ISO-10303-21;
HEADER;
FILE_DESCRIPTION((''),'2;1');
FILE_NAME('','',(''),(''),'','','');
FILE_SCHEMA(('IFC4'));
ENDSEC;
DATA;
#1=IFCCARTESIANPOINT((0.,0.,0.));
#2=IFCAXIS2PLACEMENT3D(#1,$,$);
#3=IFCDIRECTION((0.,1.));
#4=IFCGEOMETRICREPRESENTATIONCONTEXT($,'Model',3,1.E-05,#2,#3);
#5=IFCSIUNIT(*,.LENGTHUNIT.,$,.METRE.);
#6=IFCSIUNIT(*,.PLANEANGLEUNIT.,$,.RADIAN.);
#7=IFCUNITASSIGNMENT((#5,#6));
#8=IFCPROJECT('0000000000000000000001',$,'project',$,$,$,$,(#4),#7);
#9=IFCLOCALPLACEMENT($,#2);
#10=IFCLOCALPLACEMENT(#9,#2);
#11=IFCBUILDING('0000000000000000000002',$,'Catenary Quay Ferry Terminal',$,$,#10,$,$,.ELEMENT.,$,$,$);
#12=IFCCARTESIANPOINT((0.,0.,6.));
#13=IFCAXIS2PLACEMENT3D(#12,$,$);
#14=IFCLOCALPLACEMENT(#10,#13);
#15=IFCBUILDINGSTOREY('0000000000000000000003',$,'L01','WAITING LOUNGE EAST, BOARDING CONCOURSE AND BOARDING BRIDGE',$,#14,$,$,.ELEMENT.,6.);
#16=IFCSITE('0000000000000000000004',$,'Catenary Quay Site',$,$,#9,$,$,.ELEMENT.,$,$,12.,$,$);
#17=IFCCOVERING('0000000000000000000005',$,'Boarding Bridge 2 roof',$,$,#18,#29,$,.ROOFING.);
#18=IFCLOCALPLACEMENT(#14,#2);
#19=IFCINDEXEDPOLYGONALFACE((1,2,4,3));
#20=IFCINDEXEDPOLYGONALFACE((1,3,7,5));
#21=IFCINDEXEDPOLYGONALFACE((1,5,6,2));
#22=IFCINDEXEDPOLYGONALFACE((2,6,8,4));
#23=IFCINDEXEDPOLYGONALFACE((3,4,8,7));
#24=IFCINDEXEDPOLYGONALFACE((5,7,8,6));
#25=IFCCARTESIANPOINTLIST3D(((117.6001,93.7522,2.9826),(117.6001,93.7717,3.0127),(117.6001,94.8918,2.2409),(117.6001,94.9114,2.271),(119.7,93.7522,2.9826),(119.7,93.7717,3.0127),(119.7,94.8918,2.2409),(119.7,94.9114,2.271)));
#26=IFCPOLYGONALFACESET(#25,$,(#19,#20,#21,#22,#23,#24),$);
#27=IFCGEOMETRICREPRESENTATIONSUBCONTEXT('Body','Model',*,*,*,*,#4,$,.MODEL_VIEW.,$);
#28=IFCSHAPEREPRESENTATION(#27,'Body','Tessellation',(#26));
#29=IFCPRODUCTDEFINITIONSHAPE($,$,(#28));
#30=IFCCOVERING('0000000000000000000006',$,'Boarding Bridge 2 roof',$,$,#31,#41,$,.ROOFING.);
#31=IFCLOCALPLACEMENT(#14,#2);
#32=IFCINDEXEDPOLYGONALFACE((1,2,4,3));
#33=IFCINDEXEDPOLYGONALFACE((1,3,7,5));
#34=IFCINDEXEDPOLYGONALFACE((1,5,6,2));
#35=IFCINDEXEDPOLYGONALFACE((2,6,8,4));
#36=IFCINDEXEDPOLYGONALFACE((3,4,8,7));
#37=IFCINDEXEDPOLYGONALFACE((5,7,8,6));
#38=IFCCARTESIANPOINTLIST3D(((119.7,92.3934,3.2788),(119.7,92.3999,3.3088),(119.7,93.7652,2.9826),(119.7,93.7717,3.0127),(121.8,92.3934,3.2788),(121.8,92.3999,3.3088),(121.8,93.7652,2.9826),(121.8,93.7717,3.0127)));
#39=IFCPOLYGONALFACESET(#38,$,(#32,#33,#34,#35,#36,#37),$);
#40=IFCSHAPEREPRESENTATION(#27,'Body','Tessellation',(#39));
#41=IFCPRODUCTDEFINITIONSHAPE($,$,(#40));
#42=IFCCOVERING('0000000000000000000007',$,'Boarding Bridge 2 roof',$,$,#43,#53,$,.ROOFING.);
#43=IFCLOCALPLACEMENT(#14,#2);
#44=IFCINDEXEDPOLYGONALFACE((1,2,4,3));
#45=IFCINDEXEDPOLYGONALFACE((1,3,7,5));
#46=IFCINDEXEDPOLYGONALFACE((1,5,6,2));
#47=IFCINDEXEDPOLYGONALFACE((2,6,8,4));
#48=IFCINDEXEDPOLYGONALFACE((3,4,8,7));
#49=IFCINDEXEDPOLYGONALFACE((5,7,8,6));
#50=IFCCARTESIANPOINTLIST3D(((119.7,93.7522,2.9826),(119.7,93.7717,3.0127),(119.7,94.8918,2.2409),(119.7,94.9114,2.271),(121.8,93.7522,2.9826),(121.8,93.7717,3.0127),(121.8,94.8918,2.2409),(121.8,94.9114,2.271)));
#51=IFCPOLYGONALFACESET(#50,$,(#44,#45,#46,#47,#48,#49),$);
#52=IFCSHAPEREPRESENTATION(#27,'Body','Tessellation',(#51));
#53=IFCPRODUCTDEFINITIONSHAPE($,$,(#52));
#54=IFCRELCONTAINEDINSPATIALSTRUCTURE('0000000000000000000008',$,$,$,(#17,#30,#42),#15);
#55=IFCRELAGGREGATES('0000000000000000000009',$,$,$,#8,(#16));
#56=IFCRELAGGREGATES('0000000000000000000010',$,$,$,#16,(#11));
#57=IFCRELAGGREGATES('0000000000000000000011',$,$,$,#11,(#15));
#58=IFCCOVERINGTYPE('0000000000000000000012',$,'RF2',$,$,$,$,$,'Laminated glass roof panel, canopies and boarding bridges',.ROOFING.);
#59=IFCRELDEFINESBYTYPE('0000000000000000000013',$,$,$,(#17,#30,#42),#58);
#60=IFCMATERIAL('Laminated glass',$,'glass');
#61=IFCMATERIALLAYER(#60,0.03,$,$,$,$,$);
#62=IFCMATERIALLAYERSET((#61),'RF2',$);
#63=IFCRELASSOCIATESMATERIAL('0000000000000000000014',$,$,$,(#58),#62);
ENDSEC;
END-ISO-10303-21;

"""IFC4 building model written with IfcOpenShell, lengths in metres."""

from ifc_helpers import new_model, si_unit, direction, frame, origin, place, context, subcontext, project, spatial, polyline, outline, extrude, material, layer, layer_set, type_object, element, save


model = new_model("IFC4")

# Units and contexts
model_context = context("Model", 3, precision=1e-05, world=origin(), true_north=direction((0.0, 1.0)))
body_context = subcontext(model_context, "Body", "Model", "MODEL_VIEW")
ifc_project = project(units=[si_unit("LENGTHUNIT", "METRE"), si_unit("PLANEANGLEUNIT", "RADIAN")], contexts=[model_context])

# Site, building, storey
site_placement = place(None, origin())
site = spatial("IfcSite", under=ifc_project, at=site_placement, Name="Catenary Quay Site", CompositionType="ELEMENT", RefElevation=12.0)
building_placement = place(site_placement, origin())
building = spatial("IfcBuilding", under=site, at=building_placement, Name="Catenary Quay Ferry Terminal", CompositionType="ELEMENT")
storey_placement = place(building_placement, frame((0.0, 0.0, 6.0)))
storey = spatial("IfcBuildingStorey", under=building, at=storey_placement, Name="L01", Description="WAITING LOUNGE EAST, BOARDING CONCOURSE AND BOARDING BRIDGE", CompositionType="ELEMENT", Elevation=6.0)

# Coverings
ifc_material_1 = material(Name="Laminated glass", Category="glass")
ifc_layer_1 = layer(ifc_material_1, 0.03)
ifc_layer_set_1 = layer_set([ifc_layer_1], Name="RF2")
covering_type = type_object("IfcCoveringType", Name="RF2", ElementType="Laminated glass roof panel, canopies and boarding bridges", PredefinedType="ROOFING", material=ifc_layer_set_1)
covering_1_placement = place(storey_placement, frame((117.6001, 93.7717, 3.0127), z_axis=(0.0, 0.545468, 0.838132), x_axis=(1.0, 0.0, 0.0)))
element("IfcCovering", 1, at=covering_1_placement, inside=storey, type_object=covering_type, Name="Boarding Bridge 2 roof", PredefinedType="ROOFING", context=body_context, shape_type="SweptSolid", body=[
    extrude(outline(polyline([(0.0, 0.0), (2.0999, 0.0), (2.0999, 1.3597), (0.0, 1.3597), (0.0, 0.0)])), origin(), (0.0, 0.0, -1.0), 0.0359),
])
covering_2_placement = place(storey_placement, frame((119.7, 92.3999, 3.3088), z_axis=(0.0, 0.211014, 0.977483), x_axis=(1.0, 0.0, 0.0)))
element("IfcCovering", 2, at=covering_2_placement, inside=storey, type_object=covering_type, Name="Boarding Bridge 2 roof", PredefinedType="ROOFING", context=body_context, shape_type="SweptSolid", body=[
    extrude(outline(polyline([(0.0, 0.0), (2.1001, 0.0), (2.1001, 1.4034), (0.0, 1.4034), (0.0, 0.0)])), origin(), (0.0, 0.0, -1.0), 0.0308),
])
covering_3_placement = place(storey_placement, frame((119.7, 93.7717, 3.0127), z_axis=(0.0, 0.545468, 0.838132), x_axis=(1.0, 0.0, 0.0)))
element("IfcCovering", 3, at=covering_3_placement, inside=storey, type_object=covering_type, Name="Boarding Bridge 2 roof", PredefinedType="ROOFING", context=body_context, shape_type="SweptSolid", body=[
    extrude(outline(polyline([(0.0, 0.0), (2.1001, 0.0), (2.1001, 1.3597), (0.0, 1.3597), (0.0, 0.0)])), origin(), (0.0, 0.0, -1.0), 0.0359),
])

save(model, "model.ifc")
